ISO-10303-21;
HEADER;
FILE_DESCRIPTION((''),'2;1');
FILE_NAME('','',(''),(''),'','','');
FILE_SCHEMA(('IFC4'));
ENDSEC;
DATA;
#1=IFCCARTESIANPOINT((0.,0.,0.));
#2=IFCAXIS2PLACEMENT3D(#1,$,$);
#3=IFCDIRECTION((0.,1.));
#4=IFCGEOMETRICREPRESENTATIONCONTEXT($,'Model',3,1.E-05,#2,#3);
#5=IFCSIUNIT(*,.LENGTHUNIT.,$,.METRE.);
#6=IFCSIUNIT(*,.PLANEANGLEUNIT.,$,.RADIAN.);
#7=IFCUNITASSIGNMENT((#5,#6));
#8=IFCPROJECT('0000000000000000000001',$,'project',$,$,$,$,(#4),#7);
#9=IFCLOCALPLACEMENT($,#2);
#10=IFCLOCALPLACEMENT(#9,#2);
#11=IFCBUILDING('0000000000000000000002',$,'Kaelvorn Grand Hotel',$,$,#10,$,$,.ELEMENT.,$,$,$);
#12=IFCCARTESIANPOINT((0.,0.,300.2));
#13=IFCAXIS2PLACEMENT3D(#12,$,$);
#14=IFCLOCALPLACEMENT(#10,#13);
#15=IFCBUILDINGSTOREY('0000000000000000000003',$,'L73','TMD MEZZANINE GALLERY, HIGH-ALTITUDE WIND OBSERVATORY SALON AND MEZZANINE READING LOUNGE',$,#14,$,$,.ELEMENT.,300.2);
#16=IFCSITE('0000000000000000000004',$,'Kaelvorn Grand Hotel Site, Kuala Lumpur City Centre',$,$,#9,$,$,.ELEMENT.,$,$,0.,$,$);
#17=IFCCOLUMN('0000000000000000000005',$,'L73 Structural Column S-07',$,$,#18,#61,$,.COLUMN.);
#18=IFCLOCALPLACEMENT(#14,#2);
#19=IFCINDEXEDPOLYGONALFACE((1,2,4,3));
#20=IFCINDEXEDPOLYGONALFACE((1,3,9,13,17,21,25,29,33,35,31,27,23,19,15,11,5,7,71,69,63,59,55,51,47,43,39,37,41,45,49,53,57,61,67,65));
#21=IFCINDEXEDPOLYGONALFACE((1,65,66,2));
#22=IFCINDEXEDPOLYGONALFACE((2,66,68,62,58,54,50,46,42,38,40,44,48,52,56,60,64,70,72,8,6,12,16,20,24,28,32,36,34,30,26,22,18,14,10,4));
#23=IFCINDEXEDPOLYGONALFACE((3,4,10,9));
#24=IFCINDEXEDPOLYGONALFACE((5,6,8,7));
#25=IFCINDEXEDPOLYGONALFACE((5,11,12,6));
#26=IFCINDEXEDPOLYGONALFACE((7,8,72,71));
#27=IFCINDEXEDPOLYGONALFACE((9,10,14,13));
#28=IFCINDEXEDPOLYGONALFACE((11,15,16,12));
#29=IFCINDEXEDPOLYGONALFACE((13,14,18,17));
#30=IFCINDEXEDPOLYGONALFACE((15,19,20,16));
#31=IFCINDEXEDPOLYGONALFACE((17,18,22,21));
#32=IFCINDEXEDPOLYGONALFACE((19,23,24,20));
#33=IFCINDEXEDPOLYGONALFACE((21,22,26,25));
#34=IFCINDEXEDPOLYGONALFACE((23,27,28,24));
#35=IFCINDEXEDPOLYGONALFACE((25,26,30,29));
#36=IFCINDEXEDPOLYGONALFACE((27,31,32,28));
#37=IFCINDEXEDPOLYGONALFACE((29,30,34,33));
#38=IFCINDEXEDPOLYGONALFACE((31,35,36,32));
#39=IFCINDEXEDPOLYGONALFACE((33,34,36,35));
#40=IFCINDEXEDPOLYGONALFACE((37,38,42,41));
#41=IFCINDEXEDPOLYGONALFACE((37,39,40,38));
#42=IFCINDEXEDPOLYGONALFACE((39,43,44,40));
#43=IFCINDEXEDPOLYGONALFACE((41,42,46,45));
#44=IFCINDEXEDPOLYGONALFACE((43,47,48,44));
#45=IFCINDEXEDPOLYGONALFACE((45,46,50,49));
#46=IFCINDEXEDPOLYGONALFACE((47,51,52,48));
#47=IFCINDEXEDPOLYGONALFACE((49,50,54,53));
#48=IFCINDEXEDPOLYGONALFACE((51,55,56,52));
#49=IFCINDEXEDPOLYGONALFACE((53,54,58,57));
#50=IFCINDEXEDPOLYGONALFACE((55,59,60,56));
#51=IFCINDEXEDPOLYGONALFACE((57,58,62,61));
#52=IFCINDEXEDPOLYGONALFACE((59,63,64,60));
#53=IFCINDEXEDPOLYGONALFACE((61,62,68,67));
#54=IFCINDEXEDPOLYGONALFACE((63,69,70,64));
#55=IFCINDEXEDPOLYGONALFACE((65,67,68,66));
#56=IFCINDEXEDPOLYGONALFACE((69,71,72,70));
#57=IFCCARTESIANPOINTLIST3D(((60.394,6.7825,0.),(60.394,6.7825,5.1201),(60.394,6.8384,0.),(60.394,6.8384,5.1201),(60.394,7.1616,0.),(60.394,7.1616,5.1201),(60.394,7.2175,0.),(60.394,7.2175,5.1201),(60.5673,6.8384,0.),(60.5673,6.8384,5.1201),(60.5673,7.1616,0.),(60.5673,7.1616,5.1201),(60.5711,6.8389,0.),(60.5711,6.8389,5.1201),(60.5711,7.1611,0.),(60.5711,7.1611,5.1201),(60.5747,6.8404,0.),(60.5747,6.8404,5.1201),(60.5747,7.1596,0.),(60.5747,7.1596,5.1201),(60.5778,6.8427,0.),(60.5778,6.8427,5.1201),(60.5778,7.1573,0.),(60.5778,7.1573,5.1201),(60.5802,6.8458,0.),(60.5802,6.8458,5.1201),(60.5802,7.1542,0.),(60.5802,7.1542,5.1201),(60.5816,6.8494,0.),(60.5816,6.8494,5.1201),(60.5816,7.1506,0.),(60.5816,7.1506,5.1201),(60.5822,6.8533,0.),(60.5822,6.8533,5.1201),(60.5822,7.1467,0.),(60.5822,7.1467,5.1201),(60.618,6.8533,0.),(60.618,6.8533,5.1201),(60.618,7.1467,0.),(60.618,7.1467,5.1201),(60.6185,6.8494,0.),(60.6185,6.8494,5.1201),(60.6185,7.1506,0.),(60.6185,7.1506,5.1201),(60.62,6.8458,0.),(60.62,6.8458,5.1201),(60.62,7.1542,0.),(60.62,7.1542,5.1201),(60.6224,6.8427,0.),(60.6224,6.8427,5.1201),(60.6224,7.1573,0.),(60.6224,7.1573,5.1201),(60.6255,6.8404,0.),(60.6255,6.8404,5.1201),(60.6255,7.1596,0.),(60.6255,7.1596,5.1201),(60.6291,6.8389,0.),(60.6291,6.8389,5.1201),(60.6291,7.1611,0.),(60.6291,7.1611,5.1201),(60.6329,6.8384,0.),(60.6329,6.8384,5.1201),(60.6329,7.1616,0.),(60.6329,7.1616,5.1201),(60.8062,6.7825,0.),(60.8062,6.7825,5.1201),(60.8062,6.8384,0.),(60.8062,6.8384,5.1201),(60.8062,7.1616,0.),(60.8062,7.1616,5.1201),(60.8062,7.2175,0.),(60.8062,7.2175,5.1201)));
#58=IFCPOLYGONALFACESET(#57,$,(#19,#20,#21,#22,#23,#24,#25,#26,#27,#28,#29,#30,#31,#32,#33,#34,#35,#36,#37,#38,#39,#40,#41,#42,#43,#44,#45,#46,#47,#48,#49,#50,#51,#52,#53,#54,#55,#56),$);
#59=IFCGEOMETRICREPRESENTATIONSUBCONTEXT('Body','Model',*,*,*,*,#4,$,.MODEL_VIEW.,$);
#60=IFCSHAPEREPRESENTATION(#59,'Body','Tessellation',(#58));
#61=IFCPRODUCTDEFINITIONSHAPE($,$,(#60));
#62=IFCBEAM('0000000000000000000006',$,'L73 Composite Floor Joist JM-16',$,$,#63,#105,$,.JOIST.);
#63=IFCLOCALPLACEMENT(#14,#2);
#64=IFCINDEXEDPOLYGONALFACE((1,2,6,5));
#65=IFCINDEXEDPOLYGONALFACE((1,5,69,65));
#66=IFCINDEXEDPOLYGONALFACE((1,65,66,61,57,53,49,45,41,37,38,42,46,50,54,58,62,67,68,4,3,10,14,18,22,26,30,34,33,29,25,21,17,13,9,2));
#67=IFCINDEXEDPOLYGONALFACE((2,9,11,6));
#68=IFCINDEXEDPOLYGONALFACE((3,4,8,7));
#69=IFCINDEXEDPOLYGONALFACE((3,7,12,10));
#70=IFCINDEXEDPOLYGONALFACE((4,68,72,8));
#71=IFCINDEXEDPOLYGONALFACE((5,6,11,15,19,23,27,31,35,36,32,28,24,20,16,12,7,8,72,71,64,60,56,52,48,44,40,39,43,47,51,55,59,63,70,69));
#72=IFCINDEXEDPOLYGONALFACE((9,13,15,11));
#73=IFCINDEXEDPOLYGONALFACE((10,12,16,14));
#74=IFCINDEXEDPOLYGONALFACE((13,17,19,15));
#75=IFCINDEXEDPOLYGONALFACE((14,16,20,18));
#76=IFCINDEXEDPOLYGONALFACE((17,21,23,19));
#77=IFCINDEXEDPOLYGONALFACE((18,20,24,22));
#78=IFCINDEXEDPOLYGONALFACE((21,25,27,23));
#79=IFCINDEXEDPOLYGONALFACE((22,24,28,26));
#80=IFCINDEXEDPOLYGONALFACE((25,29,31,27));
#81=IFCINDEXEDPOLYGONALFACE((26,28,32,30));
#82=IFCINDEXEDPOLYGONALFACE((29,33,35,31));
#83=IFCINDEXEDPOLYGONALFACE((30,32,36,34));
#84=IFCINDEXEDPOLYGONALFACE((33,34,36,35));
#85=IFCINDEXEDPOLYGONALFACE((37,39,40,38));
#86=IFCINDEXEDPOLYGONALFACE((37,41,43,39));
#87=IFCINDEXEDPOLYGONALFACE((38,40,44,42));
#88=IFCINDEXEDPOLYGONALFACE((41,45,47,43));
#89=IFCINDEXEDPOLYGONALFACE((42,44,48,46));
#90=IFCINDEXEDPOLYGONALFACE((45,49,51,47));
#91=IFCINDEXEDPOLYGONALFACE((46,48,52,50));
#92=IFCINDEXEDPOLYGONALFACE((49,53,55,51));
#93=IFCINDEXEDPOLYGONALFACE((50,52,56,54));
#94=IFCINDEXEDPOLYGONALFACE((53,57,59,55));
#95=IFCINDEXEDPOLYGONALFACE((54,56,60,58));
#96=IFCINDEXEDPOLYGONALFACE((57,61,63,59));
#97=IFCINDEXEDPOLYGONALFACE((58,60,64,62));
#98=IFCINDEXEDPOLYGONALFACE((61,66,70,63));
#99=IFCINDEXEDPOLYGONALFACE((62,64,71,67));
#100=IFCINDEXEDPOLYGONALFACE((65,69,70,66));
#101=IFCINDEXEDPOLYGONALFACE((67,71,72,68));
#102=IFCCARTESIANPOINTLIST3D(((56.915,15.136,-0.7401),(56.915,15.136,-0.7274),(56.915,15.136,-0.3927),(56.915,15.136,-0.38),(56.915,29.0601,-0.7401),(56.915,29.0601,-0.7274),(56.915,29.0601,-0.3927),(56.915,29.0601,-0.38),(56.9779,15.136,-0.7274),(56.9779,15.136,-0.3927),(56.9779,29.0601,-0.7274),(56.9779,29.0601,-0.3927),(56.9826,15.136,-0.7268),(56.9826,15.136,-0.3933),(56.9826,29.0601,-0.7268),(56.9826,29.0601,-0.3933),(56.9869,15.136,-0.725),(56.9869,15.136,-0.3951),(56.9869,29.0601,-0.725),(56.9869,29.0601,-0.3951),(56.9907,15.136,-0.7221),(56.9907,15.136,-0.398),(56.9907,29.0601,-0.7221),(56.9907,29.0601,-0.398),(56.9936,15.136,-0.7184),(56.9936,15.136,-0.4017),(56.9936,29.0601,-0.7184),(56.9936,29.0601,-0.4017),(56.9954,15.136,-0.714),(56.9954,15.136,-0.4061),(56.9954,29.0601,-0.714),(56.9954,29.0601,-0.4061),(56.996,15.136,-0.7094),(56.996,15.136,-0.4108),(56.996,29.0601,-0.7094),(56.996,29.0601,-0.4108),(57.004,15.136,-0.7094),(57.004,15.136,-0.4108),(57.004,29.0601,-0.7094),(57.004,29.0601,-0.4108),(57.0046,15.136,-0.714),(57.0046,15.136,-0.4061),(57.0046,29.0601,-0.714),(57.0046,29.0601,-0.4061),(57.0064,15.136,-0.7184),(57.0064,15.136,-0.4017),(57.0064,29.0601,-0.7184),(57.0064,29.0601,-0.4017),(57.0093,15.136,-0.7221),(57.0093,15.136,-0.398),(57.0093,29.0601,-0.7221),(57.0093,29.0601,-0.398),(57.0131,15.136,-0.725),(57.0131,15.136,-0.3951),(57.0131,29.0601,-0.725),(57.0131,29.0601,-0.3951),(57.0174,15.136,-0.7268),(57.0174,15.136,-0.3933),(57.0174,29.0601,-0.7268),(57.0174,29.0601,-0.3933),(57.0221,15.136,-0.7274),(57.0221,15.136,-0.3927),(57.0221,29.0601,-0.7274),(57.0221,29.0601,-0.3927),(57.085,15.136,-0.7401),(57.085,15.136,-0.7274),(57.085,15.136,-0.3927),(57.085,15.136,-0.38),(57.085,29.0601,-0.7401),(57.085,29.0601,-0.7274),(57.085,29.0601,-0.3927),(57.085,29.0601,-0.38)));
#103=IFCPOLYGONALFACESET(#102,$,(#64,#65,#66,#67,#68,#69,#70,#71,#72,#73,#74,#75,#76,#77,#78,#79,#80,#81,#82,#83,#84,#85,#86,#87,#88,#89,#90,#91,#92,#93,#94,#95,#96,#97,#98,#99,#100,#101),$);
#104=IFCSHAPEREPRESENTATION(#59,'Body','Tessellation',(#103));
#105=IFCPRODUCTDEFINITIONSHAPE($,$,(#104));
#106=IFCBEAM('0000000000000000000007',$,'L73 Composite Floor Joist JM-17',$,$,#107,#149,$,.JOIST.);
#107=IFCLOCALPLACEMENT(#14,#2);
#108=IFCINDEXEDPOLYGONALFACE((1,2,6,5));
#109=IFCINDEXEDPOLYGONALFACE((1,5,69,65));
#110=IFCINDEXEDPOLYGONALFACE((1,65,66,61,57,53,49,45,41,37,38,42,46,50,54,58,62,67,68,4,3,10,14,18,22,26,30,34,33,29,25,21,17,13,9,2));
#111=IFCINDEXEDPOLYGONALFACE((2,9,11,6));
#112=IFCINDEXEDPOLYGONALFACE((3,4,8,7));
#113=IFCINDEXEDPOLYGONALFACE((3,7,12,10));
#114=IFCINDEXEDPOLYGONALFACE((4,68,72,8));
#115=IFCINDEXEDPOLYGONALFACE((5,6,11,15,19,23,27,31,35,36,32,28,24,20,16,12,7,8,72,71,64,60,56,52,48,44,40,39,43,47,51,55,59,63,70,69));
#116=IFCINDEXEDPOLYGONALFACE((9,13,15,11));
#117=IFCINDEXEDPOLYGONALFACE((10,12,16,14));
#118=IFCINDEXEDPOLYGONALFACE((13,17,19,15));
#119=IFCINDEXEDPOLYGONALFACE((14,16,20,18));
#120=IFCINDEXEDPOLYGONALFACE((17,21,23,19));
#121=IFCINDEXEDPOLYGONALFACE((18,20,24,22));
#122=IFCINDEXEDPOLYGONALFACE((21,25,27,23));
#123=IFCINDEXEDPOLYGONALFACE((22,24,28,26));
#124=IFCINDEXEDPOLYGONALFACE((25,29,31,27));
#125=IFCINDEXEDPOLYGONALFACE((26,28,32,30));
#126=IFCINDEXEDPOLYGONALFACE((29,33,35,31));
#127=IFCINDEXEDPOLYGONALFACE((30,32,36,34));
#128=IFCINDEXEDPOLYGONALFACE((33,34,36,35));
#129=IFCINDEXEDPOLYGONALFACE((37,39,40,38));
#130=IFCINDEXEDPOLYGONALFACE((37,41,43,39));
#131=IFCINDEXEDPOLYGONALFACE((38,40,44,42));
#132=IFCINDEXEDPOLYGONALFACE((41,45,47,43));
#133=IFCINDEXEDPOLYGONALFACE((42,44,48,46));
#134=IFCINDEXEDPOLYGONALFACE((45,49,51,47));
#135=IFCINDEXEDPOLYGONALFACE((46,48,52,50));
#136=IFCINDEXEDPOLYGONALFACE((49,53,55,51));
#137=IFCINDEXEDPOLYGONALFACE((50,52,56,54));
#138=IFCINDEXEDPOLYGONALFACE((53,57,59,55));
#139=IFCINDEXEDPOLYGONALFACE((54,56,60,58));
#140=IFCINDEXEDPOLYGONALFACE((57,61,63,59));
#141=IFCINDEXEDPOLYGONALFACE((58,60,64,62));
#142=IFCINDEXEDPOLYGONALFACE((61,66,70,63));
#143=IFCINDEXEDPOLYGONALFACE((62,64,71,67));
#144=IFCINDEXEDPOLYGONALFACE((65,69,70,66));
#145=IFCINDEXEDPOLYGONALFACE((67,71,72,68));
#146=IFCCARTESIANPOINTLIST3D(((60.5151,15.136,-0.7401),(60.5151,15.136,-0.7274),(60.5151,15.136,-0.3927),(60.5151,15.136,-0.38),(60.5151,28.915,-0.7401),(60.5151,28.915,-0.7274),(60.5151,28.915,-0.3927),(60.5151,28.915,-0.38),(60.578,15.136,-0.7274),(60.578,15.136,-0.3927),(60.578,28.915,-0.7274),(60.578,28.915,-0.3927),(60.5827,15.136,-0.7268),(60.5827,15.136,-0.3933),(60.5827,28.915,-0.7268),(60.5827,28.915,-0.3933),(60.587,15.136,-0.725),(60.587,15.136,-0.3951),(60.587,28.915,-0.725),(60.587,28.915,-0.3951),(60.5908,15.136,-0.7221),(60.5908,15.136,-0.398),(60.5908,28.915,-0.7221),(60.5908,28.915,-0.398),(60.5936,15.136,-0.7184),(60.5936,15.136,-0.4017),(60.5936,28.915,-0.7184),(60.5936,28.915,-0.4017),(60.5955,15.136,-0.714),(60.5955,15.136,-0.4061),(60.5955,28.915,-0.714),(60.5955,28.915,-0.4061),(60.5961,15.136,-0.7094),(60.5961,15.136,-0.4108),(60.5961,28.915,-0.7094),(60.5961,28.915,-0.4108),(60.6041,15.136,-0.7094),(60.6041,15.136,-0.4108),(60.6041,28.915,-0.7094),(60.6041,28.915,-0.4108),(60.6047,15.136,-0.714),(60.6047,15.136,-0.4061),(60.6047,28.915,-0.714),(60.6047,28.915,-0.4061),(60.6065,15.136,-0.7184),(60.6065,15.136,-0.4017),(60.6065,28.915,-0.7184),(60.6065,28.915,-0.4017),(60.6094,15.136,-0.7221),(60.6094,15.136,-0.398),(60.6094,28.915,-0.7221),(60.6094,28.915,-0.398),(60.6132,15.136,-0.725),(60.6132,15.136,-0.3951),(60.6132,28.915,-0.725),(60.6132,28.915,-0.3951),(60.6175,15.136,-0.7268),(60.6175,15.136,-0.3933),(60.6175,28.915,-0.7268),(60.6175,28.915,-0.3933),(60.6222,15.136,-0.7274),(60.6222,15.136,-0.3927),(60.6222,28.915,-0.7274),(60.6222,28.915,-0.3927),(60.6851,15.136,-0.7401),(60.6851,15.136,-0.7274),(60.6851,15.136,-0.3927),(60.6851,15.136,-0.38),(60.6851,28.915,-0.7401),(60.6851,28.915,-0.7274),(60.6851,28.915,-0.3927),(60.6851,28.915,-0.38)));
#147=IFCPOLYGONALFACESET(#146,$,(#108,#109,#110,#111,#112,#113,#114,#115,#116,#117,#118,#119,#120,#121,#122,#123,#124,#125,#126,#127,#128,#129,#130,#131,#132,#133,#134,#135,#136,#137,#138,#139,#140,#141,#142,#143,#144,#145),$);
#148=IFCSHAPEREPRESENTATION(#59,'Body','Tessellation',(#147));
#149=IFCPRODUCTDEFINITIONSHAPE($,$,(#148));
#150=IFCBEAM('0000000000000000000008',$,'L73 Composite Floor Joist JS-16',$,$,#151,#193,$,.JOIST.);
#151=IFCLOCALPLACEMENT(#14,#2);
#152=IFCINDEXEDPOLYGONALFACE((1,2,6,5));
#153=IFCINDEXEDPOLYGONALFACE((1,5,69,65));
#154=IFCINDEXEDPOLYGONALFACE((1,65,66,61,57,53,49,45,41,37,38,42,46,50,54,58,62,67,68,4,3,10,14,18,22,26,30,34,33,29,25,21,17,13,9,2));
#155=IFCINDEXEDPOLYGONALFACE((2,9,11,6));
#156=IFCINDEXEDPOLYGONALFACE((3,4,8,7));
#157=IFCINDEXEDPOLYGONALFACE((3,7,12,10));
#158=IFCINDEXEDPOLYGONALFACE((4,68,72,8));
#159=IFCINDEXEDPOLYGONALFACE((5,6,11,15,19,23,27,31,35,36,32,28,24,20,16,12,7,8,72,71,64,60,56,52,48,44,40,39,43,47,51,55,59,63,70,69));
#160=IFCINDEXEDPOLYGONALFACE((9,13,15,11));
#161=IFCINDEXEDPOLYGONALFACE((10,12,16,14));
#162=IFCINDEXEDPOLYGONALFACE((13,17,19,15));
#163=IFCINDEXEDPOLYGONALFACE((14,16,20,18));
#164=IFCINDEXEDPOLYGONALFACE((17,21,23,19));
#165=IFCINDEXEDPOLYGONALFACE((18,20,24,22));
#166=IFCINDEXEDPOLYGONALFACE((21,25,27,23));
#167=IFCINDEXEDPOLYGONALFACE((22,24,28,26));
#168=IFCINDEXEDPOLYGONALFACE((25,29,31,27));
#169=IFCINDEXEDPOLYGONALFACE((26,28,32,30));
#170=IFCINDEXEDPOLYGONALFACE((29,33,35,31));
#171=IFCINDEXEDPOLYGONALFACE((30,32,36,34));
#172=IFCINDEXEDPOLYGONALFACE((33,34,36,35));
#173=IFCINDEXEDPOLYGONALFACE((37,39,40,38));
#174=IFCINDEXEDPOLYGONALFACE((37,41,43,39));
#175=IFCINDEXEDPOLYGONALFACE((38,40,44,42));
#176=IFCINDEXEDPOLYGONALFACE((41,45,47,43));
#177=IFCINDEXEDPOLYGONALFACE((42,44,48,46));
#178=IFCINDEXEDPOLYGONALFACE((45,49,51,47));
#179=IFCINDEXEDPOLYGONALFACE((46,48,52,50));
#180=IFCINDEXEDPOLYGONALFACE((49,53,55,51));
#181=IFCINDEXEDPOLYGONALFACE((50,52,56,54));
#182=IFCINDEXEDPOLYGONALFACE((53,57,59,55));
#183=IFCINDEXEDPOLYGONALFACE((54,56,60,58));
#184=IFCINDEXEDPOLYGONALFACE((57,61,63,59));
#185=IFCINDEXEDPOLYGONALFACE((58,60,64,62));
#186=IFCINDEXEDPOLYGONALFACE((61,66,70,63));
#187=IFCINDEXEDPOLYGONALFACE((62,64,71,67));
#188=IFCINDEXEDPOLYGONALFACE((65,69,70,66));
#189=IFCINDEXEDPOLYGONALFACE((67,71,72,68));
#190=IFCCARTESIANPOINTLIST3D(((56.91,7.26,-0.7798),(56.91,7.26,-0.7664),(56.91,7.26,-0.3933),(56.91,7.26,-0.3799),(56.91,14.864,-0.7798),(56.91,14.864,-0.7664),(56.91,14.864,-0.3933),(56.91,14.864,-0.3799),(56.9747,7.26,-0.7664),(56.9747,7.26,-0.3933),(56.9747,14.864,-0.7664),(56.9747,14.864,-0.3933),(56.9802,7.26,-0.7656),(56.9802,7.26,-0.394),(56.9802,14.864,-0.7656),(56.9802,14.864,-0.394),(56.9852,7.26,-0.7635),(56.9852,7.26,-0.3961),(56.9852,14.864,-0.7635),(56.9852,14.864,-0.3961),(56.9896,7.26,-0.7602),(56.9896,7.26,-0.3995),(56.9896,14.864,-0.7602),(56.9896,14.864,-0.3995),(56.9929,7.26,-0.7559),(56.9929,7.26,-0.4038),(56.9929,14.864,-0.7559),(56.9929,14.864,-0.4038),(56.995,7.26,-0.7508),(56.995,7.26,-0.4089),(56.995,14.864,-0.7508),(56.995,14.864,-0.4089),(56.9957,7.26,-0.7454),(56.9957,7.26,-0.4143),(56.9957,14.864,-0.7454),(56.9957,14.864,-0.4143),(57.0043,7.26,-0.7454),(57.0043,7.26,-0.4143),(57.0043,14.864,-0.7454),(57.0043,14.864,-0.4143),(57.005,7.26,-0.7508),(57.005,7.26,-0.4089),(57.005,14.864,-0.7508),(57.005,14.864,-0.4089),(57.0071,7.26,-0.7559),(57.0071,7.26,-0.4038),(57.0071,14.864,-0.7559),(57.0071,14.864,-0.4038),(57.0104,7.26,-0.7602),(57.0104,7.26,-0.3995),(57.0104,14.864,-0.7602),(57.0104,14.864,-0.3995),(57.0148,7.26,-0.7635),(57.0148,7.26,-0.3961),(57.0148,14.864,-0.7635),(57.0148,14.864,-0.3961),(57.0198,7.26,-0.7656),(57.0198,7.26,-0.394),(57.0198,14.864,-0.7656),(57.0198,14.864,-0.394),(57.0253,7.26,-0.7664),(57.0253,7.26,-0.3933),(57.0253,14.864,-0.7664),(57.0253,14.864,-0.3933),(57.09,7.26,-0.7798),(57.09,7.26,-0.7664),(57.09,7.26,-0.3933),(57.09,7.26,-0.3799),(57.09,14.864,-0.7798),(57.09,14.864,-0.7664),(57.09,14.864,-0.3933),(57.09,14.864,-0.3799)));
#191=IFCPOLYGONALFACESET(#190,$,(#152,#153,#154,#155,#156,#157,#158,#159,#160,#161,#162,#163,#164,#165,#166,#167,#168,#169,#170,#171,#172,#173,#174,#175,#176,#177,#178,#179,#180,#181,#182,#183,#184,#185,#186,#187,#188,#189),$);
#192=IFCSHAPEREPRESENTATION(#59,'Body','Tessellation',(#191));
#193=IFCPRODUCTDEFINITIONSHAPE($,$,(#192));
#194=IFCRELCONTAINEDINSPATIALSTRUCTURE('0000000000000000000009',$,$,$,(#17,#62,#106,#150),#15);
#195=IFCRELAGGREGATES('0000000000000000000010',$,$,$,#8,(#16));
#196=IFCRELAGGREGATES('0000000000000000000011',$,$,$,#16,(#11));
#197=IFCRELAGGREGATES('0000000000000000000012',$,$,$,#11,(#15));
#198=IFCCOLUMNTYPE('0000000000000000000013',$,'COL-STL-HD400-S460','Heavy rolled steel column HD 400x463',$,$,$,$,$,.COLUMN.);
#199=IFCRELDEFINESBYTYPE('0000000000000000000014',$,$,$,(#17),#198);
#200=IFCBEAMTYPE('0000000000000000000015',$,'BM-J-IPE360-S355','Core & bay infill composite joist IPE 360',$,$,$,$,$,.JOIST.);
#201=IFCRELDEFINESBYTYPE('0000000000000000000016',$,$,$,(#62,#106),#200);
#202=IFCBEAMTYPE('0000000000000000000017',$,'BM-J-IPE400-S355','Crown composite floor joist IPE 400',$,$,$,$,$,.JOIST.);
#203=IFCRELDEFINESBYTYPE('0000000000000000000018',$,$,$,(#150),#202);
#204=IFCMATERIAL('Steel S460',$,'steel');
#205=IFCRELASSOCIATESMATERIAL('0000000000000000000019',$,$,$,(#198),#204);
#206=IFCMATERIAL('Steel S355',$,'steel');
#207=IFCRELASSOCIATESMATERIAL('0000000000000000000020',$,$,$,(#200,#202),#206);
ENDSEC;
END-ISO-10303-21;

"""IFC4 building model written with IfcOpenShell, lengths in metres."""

from ifc_helpers import new_model, si_unit, direction, frame, origin, origin_2d, place, context, subcontext, project, spatial, i_section, extrude, material, material_profile, profile_set, type_object, element, save


model = new_model("IFC4")

# Units and contexts
model_context = context("Model", 3, precision=1e-05, world=origin(), true_north=direction((0.0, 1.0)))
body_context = subcontext(model_context, "Body", "Model", "MODEL_VIEW")
ifc_project = project(units=[si_unit("LENGTHUNIT", "METRE"), si_unit("PLANEANGLEUNIT", "RADIAN")], contexts=[model_context])

# Site, building, storey
site_placement = place(None, origin())
site = spatial("IfcSite", under=ifc_project, at=site_placement, Name="Kaelvorn Grand Hotel Site, Kuala Lumpur City Centre", CompositionType="ELEMENT", RefElevation=0.0)
building_placement = place(site_placement, origin())
building = spatial("IfcBuilding", under=site, at=building_placement, Name="Kaelvorn Grand Hotel", CompositionType="ELEMENT")
storey_placement = place(building_placement, frame((0.0, 0.0, 300.2)))
storey = spatial("IfcBuildingStorey", under=building, at=storey_placement, Name="L73", Description="TMD MEZZANINE GALLERY, HIGH-ALTITUDE WIND OBSERVATORY SALON AND MEZZANINE READING LOUNGE", CompositionType="ELEMENT", Elevation=300.2)

# Column
ifc_material_1 = material(Name="Steel S460", Category="steel")
ifc_material_profile_1 = material_profile(ifc_material_1, i_section(OverallWidth=0.4121, OverallDepth=0.4351, WebThickness=0.0359, FlangeThickness=0.0559, FilletRadius=0.0149, at=origin_2d()), Name="HD 400x463")
ifc_profile_set_1 = profile_set([ifc_material_profile_1], Name="Steel S460")
column_type = type_object("IfcColumnType", Name="COL-STL-HD400-S460", Description="Heavy rolled steel column HD 400x463", PredefinedType="COLUMN", material=ifc_profile_set_1)
column_placement = place(storey_placement, frame((60.6001, 7.0, 0.0), z_axis=(0.0, 0.0, 1.0), x_axis=(1.0, 0.0, 0.0)))
element("IfcColumn", 1, at=column_placement, inside=storey, type_object=column_type, Name="L73 Structural Column S-07", PredefinedType="COLUMN", context=body_context, shape_type="SweptSolid", body=[
    extrude(i_section(OverallWidth=0.4121, OverallDepth=0.4351, WebThickness=0.0359, FlangeThickness=0.0559, FilletRadius=0.0149, at=origin_2d()), origin(), (0.0, 0.0, 1.0), 5.1201),
])

# Beams
ifc_material_2 = material(Name="Steel S355", Category="steel")
ifc_material_profile_2 = material_profile(ifc_material_2, i_section(OverallWidth=0.1699, OverallDepth=0.3601, WebThickness=0.0081, FlangeThickness=0.0127, FilletRadius=0.0181, at=origin_2d()), Name="IPE 360")
ifc_profile_set_2 = profile_set([ifc_material_profile_2], Name="Steel S355")
beam_type_1 = type_object("IfcBeamType", Name="BM-J-IPE360-S355", Description="Core & bay infill composite joist IPE 360", PredefinedType="JOIST", material=ifc_profile_set_2)
beam_1_placement = place(storey_placement, frame((57.0, 15.136, -0.5601), z_axis=(0.0, 1.0, 0.0), x_axis=(-1.0, 0.0, 0.0)))
element("IfcBeam", 2, at=beam_1_placement, inside=storey, type_object=beam_type_1, Name="L73 Composite Floor Joist JM-16", PredefinedType="JOIST", context=body_context, shape_type="SweptSolid", body=[
    extrude(i_section(OverallWidth=0.1699, OverallDepth=0.3601, WebThickness=0.0081, FlangeThickness=0.0127, FilletRadius=0.0181, at=origin_2d()), origin(), (0.0, 0.0, 1.0), 13.9241),
])
beam_2_placement = place(storey_placement, frame((60.6001, 15.136, -0.5601), z_axis=(0.0, 1.0, 0.0), x_axis=(-1.0, 0.0, 0.0)))
element("IfcBeam", 3, at=beam_2_placement, inside=storey, type_object=beam_type_1, Name="L73 Composite Floor Joist JM-17", PredefinedType="JOIST", context=body_context, shape_type="SweptSolid", body=[
    extrude(i_section(OverallWidth=0.1699, OverallDepth=0.3601, WebThickness=0.0081, FlangeThickness=0.0127, FilletRadius=0.0181, at=origin_2d()), origin(), (0.0, 0.0, 1.0), 13.7791),
])
ifc_material_profile_3 = material_profile(ifc_material_2, i_section(OverallWidth=0.1799, OverallDepth=0.3999, WebThickness=0.0085, FlangeThickness=0.0134, FilletRadius=0.021, at=origin_2d()), Name="IPE 400")
ifc_profile_set_3 = profile_set([ifc_material_profile_3], Name="Steel S355")
beam_type_2 = type_object("IfcBeamType", Name="BM-J-IPE400-S355", Description="Crown composite floor joist IPE 400", PredefinedType="JOIST", material=ifc_profile_set_3)
beam_3_placement = place(storey_placement, frame((57.0, 7.26, -0.5798), z_axis=(0.0, 1.0, 0.0), x_axis=(-1.0, 0.0, 0.0)))
element("IfcBeam", 4, at=beam_3_placement, inside=storey, type_object=beam_type_2, Name="L73 Composite Floor Joist JS-16", PredefinedType="JOIST", context=body_context, shape_type="SweptSolid", body=[
    extrude(i_section(OverallWidth=0.1799, OverallDepth=0.3999, WebThickness=0.0085, FlangeThickness=0.0134, FilletRadius=0.021, at=origin_2d()), origin(), (0.0, 0.0, 1.0), 7.604),
])

save(model, "model.ifc")
